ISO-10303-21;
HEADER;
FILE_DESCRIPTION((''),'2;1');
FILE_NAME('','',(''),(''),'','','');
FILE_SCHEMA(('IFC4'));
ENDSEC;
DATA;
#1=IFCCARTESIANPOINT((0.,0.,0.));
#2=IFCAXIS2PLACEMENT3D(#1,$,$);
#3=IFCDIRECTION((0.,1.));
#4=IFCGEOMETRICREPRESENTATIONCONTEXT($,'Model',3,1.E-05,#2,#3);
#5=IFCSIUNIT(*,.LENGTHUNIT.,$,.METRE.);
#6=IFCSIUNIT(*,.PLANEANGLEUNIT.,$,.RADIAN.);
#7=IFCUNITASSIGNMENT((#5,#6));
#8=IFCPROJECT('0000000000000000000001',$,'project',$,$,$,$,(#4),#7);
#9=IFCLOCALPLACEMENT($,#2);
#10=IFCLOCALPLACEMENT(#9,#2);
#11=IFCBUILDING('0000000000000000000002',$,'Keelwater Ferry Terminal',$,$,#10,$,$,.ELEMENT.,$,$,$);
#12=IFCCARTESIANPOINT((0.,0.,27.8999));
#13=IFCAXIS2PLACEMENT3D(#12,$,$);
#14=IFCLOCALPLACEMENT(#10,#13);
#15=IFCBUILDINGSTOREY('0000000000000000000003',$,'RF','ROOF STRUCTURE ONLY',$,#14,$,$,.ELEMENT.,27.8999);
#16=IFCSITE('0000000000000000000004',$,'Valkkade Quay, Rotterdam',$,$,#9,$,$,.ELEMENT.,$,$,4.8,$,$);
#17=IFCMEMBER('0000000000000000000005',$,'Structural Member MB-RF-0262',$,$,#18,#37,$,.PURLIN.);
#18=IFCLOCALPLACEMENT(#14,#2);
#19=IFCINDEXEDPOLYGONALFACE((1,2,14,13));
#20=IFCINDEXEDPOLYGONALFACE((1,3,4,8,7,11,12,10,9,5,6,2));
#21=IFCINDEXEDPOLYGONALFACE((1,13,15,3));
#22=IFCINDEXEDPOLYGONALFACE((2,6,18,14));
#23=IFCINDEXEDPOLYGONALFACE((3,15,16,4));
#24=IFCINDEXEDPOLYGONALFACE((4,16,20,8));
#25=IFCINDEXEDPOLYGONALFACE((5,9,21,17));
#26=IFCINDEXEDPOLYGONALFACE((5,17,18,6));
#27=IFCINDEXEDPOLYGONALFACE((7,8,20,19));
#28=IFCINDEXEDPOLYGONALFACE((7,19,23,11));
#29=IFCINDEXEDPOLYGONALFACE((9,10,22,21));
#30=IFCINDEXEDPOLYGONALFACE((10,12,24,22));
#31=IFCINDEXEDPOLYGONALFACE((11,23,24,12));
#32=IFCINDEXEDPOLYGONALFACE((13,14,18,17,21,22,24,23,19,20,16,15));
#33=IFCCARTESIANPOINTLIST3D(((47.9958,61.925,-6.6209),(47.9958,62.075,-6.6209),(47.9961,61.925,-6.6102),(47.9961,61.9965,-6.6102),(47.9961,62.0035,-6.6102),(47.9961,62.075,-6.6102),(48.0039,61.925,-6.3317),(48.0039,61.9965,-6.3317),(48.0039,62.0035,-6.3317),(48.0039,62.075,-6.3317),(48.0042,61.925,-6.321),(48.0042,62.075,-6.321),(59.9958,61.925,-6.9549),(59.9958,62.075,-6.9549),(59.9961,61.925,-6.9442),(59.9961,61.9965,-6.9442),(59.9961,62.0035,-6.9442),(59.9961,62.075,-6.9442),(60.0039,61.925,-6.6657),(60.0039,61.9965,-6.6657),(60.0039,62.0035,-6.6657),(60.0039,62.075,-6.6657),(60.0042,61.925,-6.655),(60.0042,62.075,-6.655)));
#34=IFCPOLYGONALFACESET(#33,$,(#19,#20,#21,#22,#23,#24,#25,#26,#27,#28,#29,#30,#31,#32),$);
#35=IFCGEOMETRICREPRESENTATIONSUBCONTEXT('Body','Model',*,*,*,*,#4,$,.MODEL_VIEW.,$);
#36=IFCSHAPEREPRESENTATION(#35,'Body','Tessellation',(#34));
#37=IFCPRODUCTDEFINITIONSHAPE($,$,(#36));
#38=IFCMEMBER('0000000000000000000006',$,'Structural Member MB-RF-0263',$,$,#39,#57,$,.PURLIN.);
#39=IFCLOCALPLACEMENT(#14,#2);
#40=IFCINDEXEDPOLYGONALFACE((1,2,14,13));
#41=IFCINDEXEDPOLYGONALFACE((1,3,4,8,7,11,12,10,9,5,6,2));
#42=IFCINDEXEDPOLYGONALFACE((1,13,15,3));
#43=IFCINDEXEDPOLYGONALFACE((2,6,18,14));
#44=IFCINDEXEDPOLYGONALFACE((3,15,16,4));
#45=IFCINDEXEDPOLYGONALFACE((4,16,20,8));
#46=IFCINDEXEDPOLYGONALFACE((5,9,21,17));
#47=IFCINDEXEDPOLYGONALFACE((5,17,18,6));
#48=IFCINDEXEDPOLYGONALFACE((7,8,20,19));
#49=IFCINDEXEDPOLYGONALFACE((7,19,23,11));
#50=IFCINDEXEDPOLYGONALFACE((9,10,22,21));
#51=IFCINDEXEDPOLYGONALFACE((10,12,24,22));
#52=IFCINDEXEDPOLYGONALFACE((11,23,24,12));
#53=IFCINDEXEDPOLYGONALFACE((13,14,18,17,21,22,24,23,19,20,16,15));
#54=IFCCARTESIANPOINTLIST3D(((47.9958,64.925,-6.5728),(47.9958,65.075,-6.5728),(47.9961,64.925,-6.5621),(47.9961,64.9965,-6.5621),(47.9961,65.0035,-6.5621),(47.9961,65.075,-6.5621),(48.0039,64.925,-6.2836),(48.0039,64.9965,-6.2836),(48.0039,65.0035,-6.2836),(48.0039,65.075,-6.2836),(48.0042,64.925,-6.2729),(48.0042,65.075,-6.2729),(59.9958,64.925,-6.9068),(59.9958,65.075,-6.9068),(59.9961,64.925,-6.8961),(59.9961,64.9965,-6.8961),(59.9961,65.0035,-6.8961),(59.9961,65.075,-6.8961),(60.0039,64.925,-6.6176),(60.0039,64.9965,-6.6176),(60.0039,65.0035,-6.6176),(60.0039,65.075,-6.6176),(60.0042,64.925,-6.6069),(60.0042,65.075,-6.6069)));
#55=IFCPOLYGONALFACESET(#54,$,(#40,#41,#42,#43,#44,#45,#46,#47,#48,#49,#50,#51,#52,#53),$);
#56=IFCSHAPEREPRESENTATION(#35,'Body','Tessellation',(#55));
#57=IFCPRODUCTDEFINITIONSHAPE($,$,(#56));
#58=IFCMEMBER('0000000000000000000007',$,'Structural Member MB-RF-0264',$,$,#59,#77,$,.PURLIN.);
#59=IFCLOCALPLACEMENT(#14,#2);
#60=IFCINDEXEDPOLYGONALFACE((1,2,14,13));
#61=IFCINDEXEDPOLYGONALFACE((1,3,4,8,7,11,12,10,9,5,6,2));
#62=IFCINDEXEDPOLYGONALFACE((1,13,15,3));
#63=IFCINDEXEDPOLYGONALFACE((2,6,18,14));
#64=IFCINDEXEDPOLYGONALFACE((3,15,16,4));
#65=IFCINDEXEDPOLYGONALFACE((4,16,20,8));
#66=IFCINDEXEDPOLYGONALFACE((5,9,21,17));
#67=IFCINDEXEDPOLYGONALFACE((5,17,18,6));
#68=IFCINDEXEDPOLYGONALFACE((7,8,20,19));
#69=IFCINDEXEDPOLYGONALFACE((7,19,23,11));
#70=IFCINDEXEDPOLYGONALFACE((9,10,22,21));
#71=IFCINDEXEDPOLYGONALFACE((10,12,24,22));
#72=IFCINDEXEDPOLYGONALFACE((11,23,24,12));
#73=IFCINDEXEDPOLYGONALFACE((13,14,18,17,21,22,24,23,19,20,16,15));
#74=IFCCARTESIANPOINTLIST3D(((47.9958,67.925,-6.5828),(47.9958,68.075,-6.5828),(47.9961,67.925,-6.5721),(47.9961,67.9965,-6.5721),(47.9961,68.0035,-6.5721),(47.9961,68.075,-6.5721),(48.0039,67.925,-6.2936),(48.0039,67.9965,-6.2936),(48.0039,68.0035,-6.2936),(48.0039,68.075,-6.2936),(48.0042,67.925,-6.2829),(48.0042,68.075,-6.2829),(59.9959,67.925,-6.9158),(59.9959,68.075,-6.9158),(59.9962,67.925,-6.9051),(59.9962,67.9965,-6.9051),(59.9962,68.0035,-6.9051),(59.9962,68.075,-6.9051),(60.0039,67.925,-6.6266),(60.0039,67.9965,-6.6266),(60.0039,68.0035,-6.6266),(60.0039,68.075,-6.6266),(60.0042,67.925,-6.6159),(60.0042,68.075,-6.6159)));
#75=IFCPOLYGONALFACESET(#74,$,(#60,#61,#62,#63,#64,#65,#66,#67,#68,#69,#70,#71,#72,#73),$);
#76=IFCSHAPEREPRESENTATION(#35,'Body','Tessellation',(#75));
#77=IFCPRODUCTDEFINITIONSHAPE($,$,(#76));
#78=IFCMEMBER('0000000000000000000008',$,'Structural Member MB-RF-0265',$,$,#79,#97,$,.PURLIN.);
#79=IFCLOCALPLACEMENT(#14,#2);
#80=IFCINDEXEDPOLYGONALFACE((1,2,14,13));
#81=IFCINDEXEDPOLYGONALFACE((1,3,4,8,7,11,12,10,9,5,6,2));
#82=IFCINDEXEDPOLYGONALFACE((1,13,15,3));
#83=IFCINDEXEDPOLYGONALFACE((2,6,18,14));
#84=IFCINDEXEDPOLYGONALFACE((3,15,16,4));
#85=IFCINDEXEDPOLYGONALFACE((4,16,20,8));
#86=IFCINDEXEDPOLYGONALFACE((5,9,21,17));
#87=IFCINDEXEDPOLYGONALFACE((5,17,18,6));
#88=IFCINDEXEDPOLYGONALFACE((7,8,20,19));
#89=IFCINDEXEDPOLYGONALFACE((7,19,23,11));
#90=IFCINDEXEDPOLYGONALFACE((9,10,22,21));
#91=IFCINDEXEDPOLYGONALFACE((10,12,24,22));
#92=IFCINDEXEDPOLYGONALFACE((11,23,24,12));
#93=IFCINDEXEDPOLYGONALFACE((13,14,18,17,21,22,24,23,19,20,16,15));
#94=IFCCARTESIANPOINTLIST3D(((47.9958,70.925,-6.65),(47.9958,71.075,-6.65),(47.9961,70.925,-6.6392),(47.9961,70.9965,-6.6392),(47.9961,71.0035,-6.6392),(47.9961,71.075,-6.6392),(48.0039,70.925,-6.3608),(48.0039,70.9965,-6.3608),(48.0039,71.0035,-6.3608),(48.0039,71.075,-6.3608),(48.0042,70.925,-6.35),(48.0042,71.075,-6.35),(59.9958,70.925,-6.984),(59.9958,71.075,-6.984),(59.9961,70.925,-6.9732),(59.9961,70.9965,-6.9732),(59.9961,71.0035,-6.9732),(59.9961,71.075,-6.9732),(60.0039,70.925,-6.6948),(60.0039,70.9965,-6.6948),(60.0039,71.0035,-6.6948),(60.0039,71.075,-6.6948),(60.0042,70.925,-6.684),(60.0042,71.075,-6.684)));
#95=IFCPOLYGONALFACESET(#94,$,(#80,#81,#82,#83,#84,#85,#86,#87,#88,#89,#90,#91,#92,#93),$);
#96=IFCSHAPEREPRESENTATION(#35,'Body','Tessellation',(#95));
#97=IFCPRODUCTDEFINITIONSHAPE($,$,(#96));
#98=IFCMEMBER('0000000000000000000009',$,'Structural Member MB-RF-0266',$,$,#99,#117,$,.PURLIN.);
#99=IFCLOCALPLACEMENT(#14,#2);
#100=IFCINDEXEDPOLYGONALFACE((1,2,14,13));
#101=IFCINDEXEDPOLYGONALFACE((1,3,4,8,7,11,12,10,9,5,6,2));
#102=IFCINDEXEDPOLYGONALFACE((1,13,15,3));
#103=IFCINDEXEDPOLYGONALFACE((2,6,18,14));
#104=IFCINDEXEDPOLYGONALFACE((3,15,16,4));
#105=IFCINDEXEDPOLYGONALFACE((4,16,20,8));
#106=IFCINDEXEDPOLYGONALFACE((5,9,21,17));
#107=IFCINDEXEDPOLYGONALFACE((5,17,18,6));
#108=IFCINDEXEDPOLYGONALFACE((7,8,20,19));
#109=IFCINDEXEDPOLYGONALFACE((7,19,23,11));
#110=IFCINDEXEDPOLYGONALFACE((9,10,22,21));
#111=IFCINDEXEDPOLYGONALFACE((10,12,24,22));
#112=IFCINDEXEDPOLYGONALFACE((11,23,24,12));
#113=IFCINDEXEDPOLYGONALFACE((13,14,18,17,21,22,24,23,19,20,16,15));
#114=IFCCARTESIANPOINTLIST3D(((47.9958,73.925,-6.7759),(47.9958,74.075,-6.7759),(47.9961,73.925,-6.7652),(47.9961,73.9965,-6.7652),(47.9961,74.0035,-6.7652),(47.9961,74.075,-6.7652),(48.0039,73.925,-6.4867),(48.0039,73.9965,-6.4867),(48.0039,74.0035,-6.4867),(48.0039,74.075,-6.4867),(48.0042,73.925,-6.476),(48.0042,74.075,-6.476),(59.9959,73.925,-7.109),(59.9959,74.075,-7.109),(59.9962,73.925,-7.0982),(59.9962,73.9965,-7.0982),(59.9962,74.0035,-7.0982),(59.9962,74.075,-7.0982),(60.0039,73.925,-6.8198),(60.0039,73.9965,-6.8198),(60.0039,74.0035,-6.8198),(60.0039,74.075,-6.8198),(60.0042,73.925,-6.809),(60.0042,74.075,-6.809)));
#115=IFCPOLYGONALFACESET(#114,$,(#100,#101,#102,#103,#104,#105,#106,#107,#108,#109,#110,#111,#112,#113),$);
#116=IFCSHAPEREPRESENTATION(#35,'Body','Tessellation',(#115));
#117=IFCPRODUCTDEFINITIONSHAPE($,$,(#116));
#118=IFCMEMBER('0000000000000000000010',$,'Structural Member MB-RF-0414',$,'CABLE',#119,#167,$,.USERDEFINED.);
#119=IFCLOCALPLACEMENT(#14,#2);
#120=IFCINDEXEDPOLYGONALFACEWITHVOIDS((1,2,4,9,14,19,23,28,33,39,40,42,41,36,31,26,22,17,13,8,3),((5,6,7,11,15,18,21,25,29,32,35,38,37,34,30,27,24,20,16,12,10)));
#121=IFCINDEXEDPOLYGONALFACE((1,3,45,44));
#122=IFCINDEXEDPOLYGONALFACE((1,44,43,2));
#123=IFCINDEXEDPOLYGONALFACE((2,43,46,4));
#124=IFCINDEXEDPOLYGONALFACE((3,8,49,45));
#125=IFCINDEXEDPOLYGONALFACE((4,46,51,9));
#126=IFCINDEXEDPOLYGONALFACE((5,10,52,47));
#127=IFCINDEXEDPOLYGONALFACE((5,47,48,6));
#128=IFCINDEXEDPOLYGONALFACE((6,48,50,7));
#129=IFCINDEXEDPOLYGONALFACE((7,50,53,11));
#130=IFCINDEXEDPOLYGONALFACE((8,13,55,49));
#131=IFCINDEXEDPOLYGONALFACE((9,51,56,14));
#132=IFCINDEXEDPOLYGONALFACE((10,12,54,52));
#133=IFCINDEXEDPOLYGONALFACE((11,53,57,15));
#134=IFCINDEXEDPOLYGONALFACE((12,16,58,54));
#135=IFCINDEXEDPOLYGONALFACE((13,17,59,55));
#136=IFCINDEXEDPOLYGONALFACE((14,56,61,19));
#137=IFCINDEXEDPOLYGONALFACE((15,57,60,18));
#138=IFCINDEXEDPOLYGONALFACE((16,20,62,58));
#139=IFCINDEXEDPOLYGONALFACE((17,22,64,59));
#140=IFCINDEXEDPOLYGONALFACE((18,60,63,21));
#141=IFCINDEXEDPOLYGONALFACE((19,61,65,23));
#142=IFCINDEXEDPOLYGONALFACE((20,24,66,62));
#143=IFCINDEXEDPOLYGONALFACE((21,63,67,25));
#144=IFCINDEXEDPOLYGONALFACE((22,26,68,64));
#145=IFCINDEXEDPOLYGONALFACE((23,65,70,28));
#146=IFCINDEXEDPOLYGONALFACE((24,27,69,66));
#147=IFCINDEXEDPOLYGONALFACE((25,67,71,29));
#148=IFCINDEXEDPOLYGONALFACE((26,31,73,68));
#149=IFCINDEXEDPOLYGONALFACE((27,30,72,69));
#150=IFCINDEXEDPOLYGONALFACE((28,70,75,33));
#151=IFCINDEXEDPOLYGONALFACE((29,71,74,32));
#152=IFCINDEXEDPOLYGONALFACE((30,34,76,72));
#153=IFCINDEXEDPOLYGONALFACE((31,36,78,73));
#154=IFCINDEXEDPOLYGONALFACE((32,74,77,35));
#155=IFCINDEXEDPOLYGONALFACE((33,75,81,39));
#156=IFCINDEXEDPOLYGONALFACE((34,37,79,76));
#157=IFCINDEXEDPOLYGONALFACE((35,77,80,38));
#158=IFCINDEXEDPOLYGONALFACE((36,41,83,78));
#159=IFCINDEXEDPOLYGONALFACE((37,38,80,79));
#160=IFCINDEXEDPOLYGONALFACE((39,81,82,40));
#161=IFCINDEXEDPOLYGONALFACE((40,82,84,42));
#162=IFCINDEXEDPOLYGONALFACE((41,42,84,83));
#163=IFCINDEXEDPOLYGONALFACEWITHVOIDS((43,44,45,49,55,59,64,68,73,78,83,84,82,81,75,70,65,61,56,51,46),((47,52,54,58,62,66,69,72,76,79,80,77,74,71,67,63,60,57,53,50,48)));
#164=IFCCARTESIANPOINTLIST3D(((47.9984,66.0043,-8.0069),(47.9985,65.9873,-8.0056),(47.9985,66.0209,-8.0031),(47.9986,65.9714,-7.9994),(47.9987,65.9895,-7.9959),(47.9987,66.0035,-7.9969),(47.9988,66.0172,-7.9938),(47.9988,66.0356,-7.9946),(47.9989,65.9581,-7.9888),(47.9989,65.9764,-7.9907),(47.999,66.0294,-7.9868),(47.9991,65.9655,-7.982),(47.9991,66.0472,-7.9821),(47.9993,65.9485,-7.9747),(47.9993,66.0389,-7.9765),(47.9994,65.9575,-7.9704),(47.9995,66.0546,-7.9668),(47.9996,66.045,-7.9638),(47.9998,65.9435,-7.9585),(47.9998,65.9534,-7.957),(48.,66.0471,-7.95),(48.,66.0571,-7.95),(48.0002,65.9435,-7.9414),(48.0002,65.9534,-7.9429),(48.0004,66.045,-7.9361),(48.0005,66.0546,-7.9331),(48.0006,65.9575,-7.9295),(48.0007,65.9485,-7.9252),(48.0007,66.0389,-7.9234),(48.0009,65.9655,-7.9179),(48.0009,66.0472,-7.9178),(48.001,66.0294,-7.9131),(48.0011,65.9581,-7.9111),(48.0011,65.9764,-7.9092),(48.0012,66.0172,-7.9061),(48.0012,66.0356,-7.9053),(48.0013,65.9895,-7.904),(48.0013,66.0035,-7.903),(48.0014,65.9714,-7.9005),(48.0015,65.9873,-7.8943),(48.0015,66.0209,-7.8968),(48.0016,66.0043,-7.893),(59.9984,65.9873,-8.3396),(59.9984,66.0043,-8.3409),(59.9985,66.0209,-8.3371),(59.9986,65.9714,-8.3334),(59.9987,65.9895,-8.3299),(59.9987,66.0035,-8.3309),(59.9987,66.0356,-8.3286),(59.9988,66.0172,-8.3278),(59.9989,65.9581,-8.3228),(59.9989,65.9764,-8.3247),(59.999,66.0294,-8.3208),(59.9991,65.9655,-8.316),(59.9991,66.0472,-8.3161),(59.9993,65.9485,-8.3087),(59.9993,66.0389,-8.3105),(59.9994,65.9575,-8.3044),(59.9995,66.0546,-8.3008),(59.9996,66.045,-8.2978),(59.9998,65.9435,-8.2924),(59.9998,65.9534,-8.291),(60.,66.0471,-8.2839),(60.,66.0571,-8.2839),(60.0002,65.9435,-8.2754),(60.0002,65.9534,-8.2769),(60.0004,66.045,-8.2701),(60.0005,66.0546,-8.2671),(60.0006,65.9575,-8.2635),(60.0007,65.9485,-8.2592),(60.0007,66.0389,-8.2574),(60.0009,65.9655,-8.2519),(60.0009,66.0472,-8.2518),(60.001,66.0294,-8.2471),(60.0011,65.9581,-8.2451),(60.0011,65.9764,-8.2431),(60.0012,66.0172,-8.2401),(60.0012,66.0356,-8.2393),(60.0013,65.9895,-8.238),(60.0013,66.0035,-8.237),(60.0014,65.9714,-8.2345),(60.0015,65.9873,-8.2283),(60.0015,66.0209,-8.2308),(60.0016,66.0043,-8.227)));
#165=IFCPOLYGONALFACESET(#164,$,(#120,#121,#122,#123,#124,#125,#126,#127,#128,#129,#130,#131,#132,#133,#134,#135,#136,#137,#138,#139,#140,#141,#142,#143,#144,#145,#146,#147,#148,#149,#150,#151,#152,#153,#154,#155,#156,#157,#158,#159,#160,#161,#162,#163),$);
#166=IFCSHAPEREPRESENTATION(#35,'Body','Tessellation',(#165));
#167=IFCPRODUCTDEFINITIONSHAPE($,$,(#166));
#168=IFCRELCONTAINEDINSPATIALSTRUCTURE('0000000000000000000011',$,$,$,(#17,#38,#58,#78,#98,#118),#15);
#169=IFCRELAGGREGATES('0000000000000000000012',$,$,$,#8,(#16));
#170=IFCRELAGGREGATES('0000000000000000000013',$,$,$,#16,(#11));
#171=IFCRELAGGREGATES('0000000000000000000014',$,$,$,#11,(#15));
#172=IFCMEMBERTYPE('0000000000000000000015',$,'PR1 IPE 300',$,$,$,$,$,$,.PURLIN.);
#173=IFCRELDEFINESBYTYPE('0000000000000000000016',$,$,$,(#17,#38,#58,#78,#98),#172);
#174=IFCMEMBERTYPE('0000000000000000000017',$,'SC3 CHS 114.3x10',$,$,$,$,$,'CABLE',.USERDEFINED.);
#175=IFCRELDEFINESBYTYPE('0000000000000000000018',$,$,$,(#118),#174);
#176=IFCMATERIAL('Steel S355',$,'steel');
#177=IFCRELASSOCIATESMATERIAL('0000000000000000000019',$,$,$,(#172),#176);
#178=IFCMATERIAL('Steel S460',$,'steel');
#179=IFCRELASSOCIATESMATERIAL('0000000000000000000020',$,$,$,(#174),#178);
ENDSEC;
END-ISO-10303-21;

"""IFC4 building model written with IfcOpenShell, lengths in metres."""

from ifc_helpers import new_model, si_unit, direction, frame, origin, origin_2d, place, context, subcontext, project, spatial, hollow_circle, i_section, extrude, material, material_profile, profile_set, type_object, element, save


model = new_model("IFC4")

# Units and contexts
model_context = context("Model", 3, precision=1e-05, world=origin(), true_north=direction((0.0, 1.0)))
body_context = subcontext(model_context, "Body", "Model", "MODEL_VIEW")
ifc_project = project(units=[si_unit("LENGTHUNIT", "METRE"), si_unit("PLANEANGLEUNIT", "RADIAN")], contexts=[model_context])

# Site, building, storey
site_placement = place(None, origin())
site = spatial("IfcSite", under=ifc_project, at=site_placement, Name="Valkkade Quay, Rotterdam", CompositionType="ELEMENT", RefElevation=4.8)
building_placement = place(site_placement, origin())
building = spatial("IfcBuilding", under=site, at=building_placement, Name="Keelwater Ferry Terminal", CompositionType="ELEMENT")
storey_placement = place(building_placement, frame((0.0, 0.0, 27.8999)))
storey = spatial("IfcBuildingStorey", under=building, at=storey_placement, Name="RF", Description="ROOF STRUCTURE ONLY", CompositionType="ELEMENT", Elevation=27.8999)

# Members
ifc_material_1 = material(Name="Steel S355", Category="steel")
ifc_material_profile_1 = material_profile(ifc_material_1, i_section(OverallWidth=0.1499, OverallDepth=0.3, WebThickness=0.0071, FlangeThickness=0.0107, at=origin_2d()), Name="IPE 300")
ifc_profile_set_1 = profile_set([ifc_material_profile_1], Name="Steel S355")
member_type_1 = type_object("IfcMemberType", Name="PR1 IPE 300", PredefinedType="PURLIN", material=ifc_profile_set_1)
for number, where, z_axis, x_axis, name in (
    (1, (48.0, 62.0, -6.4709), (0.999613, 0.0, -0.027821), (0.0, 1.0, 0.0), "Structural Member MB-RF-0262"),
    (2, (48.0, 65.0, -6.4229), (0.999613, 0.0, -0.027821), (0.0, 1.0, 0.0), "Structural Member MB-RF-0263"),
    (3, (48.0, 68.0, -6.4329), (0.999615, 0.0, -0.02774), (0.0, 1.0, 0.0), "Structural Member MB-RF-0264"),
    (4, (48.0, 71.0, -6.5), (0.999613, 0.0, -0.027821), (0.0, 1.0, 0.0), "Structural Member MB-RF-0265"),
    (5, (48.0, 74.0, -6.626), (0.999615, 0.0, -0.02774), (0.0, 1.0, 0.0), "Structural Member MB-RF-0266"),
):
    element("IfcMember", number, at=place(storey_placement, frame(where, z_axis=z_axis, x_axis=x_axis)), inside=storey, type_object=member_type_1, Name=name, PredefinedType="PURLIN", context=body_context, shape_type="SweptSolid", body=[
        extrude(i_section(OverallWidth=0.1499, OverallDepth=0.3, WebThickness=0.0071, FlangeThickness=0.0107, at=origin_2d()), origin(), (0.0, 0.0, 1.0), 12.0046),
    ])
ifc_material_2 = material(Name="Steel S460", Category="steel")
ifc_material_profile_2 = material_profile(ifc_material_2, hollow_circle(Radius=0.0571, WallThickness=0.01, at=origin_2d()), Name="CHS 114.3x10")
ifc_profile_set_2 = profile_set([ifc_material_profile_2], Name="Steel S460")
member_type_2 = type_object("IfcMemberType", Name="SC3 CHS 114.3x10", ElementType="CABLE", PredefinedType="USERDEFINED", material=ifc_profile_set_2)
member_1_placement = place(storey_placement, frame((48.0, 66.0, -7.95), z_axis=(0.999613, 0.0, -0.027821), x_axis=(0.0, 1.0, 0.0)))
element("IfcMember", 6, at=member_1_placement, inside=storey, type_object=member_type_2, Name="Structural Member MB-RF-0414", ObjectType="CABLE", PredefinedType="USERDEFINED", context=body_context, shape_type="SweptSolid", body=[
    extrude(hollow_circle(Radius=0.0571, WallThickness=0.01, at=origin_2d()), origin(), (0.0, 0.0, 1.0), 12.0046),
])

save(model, "model.ifc")
